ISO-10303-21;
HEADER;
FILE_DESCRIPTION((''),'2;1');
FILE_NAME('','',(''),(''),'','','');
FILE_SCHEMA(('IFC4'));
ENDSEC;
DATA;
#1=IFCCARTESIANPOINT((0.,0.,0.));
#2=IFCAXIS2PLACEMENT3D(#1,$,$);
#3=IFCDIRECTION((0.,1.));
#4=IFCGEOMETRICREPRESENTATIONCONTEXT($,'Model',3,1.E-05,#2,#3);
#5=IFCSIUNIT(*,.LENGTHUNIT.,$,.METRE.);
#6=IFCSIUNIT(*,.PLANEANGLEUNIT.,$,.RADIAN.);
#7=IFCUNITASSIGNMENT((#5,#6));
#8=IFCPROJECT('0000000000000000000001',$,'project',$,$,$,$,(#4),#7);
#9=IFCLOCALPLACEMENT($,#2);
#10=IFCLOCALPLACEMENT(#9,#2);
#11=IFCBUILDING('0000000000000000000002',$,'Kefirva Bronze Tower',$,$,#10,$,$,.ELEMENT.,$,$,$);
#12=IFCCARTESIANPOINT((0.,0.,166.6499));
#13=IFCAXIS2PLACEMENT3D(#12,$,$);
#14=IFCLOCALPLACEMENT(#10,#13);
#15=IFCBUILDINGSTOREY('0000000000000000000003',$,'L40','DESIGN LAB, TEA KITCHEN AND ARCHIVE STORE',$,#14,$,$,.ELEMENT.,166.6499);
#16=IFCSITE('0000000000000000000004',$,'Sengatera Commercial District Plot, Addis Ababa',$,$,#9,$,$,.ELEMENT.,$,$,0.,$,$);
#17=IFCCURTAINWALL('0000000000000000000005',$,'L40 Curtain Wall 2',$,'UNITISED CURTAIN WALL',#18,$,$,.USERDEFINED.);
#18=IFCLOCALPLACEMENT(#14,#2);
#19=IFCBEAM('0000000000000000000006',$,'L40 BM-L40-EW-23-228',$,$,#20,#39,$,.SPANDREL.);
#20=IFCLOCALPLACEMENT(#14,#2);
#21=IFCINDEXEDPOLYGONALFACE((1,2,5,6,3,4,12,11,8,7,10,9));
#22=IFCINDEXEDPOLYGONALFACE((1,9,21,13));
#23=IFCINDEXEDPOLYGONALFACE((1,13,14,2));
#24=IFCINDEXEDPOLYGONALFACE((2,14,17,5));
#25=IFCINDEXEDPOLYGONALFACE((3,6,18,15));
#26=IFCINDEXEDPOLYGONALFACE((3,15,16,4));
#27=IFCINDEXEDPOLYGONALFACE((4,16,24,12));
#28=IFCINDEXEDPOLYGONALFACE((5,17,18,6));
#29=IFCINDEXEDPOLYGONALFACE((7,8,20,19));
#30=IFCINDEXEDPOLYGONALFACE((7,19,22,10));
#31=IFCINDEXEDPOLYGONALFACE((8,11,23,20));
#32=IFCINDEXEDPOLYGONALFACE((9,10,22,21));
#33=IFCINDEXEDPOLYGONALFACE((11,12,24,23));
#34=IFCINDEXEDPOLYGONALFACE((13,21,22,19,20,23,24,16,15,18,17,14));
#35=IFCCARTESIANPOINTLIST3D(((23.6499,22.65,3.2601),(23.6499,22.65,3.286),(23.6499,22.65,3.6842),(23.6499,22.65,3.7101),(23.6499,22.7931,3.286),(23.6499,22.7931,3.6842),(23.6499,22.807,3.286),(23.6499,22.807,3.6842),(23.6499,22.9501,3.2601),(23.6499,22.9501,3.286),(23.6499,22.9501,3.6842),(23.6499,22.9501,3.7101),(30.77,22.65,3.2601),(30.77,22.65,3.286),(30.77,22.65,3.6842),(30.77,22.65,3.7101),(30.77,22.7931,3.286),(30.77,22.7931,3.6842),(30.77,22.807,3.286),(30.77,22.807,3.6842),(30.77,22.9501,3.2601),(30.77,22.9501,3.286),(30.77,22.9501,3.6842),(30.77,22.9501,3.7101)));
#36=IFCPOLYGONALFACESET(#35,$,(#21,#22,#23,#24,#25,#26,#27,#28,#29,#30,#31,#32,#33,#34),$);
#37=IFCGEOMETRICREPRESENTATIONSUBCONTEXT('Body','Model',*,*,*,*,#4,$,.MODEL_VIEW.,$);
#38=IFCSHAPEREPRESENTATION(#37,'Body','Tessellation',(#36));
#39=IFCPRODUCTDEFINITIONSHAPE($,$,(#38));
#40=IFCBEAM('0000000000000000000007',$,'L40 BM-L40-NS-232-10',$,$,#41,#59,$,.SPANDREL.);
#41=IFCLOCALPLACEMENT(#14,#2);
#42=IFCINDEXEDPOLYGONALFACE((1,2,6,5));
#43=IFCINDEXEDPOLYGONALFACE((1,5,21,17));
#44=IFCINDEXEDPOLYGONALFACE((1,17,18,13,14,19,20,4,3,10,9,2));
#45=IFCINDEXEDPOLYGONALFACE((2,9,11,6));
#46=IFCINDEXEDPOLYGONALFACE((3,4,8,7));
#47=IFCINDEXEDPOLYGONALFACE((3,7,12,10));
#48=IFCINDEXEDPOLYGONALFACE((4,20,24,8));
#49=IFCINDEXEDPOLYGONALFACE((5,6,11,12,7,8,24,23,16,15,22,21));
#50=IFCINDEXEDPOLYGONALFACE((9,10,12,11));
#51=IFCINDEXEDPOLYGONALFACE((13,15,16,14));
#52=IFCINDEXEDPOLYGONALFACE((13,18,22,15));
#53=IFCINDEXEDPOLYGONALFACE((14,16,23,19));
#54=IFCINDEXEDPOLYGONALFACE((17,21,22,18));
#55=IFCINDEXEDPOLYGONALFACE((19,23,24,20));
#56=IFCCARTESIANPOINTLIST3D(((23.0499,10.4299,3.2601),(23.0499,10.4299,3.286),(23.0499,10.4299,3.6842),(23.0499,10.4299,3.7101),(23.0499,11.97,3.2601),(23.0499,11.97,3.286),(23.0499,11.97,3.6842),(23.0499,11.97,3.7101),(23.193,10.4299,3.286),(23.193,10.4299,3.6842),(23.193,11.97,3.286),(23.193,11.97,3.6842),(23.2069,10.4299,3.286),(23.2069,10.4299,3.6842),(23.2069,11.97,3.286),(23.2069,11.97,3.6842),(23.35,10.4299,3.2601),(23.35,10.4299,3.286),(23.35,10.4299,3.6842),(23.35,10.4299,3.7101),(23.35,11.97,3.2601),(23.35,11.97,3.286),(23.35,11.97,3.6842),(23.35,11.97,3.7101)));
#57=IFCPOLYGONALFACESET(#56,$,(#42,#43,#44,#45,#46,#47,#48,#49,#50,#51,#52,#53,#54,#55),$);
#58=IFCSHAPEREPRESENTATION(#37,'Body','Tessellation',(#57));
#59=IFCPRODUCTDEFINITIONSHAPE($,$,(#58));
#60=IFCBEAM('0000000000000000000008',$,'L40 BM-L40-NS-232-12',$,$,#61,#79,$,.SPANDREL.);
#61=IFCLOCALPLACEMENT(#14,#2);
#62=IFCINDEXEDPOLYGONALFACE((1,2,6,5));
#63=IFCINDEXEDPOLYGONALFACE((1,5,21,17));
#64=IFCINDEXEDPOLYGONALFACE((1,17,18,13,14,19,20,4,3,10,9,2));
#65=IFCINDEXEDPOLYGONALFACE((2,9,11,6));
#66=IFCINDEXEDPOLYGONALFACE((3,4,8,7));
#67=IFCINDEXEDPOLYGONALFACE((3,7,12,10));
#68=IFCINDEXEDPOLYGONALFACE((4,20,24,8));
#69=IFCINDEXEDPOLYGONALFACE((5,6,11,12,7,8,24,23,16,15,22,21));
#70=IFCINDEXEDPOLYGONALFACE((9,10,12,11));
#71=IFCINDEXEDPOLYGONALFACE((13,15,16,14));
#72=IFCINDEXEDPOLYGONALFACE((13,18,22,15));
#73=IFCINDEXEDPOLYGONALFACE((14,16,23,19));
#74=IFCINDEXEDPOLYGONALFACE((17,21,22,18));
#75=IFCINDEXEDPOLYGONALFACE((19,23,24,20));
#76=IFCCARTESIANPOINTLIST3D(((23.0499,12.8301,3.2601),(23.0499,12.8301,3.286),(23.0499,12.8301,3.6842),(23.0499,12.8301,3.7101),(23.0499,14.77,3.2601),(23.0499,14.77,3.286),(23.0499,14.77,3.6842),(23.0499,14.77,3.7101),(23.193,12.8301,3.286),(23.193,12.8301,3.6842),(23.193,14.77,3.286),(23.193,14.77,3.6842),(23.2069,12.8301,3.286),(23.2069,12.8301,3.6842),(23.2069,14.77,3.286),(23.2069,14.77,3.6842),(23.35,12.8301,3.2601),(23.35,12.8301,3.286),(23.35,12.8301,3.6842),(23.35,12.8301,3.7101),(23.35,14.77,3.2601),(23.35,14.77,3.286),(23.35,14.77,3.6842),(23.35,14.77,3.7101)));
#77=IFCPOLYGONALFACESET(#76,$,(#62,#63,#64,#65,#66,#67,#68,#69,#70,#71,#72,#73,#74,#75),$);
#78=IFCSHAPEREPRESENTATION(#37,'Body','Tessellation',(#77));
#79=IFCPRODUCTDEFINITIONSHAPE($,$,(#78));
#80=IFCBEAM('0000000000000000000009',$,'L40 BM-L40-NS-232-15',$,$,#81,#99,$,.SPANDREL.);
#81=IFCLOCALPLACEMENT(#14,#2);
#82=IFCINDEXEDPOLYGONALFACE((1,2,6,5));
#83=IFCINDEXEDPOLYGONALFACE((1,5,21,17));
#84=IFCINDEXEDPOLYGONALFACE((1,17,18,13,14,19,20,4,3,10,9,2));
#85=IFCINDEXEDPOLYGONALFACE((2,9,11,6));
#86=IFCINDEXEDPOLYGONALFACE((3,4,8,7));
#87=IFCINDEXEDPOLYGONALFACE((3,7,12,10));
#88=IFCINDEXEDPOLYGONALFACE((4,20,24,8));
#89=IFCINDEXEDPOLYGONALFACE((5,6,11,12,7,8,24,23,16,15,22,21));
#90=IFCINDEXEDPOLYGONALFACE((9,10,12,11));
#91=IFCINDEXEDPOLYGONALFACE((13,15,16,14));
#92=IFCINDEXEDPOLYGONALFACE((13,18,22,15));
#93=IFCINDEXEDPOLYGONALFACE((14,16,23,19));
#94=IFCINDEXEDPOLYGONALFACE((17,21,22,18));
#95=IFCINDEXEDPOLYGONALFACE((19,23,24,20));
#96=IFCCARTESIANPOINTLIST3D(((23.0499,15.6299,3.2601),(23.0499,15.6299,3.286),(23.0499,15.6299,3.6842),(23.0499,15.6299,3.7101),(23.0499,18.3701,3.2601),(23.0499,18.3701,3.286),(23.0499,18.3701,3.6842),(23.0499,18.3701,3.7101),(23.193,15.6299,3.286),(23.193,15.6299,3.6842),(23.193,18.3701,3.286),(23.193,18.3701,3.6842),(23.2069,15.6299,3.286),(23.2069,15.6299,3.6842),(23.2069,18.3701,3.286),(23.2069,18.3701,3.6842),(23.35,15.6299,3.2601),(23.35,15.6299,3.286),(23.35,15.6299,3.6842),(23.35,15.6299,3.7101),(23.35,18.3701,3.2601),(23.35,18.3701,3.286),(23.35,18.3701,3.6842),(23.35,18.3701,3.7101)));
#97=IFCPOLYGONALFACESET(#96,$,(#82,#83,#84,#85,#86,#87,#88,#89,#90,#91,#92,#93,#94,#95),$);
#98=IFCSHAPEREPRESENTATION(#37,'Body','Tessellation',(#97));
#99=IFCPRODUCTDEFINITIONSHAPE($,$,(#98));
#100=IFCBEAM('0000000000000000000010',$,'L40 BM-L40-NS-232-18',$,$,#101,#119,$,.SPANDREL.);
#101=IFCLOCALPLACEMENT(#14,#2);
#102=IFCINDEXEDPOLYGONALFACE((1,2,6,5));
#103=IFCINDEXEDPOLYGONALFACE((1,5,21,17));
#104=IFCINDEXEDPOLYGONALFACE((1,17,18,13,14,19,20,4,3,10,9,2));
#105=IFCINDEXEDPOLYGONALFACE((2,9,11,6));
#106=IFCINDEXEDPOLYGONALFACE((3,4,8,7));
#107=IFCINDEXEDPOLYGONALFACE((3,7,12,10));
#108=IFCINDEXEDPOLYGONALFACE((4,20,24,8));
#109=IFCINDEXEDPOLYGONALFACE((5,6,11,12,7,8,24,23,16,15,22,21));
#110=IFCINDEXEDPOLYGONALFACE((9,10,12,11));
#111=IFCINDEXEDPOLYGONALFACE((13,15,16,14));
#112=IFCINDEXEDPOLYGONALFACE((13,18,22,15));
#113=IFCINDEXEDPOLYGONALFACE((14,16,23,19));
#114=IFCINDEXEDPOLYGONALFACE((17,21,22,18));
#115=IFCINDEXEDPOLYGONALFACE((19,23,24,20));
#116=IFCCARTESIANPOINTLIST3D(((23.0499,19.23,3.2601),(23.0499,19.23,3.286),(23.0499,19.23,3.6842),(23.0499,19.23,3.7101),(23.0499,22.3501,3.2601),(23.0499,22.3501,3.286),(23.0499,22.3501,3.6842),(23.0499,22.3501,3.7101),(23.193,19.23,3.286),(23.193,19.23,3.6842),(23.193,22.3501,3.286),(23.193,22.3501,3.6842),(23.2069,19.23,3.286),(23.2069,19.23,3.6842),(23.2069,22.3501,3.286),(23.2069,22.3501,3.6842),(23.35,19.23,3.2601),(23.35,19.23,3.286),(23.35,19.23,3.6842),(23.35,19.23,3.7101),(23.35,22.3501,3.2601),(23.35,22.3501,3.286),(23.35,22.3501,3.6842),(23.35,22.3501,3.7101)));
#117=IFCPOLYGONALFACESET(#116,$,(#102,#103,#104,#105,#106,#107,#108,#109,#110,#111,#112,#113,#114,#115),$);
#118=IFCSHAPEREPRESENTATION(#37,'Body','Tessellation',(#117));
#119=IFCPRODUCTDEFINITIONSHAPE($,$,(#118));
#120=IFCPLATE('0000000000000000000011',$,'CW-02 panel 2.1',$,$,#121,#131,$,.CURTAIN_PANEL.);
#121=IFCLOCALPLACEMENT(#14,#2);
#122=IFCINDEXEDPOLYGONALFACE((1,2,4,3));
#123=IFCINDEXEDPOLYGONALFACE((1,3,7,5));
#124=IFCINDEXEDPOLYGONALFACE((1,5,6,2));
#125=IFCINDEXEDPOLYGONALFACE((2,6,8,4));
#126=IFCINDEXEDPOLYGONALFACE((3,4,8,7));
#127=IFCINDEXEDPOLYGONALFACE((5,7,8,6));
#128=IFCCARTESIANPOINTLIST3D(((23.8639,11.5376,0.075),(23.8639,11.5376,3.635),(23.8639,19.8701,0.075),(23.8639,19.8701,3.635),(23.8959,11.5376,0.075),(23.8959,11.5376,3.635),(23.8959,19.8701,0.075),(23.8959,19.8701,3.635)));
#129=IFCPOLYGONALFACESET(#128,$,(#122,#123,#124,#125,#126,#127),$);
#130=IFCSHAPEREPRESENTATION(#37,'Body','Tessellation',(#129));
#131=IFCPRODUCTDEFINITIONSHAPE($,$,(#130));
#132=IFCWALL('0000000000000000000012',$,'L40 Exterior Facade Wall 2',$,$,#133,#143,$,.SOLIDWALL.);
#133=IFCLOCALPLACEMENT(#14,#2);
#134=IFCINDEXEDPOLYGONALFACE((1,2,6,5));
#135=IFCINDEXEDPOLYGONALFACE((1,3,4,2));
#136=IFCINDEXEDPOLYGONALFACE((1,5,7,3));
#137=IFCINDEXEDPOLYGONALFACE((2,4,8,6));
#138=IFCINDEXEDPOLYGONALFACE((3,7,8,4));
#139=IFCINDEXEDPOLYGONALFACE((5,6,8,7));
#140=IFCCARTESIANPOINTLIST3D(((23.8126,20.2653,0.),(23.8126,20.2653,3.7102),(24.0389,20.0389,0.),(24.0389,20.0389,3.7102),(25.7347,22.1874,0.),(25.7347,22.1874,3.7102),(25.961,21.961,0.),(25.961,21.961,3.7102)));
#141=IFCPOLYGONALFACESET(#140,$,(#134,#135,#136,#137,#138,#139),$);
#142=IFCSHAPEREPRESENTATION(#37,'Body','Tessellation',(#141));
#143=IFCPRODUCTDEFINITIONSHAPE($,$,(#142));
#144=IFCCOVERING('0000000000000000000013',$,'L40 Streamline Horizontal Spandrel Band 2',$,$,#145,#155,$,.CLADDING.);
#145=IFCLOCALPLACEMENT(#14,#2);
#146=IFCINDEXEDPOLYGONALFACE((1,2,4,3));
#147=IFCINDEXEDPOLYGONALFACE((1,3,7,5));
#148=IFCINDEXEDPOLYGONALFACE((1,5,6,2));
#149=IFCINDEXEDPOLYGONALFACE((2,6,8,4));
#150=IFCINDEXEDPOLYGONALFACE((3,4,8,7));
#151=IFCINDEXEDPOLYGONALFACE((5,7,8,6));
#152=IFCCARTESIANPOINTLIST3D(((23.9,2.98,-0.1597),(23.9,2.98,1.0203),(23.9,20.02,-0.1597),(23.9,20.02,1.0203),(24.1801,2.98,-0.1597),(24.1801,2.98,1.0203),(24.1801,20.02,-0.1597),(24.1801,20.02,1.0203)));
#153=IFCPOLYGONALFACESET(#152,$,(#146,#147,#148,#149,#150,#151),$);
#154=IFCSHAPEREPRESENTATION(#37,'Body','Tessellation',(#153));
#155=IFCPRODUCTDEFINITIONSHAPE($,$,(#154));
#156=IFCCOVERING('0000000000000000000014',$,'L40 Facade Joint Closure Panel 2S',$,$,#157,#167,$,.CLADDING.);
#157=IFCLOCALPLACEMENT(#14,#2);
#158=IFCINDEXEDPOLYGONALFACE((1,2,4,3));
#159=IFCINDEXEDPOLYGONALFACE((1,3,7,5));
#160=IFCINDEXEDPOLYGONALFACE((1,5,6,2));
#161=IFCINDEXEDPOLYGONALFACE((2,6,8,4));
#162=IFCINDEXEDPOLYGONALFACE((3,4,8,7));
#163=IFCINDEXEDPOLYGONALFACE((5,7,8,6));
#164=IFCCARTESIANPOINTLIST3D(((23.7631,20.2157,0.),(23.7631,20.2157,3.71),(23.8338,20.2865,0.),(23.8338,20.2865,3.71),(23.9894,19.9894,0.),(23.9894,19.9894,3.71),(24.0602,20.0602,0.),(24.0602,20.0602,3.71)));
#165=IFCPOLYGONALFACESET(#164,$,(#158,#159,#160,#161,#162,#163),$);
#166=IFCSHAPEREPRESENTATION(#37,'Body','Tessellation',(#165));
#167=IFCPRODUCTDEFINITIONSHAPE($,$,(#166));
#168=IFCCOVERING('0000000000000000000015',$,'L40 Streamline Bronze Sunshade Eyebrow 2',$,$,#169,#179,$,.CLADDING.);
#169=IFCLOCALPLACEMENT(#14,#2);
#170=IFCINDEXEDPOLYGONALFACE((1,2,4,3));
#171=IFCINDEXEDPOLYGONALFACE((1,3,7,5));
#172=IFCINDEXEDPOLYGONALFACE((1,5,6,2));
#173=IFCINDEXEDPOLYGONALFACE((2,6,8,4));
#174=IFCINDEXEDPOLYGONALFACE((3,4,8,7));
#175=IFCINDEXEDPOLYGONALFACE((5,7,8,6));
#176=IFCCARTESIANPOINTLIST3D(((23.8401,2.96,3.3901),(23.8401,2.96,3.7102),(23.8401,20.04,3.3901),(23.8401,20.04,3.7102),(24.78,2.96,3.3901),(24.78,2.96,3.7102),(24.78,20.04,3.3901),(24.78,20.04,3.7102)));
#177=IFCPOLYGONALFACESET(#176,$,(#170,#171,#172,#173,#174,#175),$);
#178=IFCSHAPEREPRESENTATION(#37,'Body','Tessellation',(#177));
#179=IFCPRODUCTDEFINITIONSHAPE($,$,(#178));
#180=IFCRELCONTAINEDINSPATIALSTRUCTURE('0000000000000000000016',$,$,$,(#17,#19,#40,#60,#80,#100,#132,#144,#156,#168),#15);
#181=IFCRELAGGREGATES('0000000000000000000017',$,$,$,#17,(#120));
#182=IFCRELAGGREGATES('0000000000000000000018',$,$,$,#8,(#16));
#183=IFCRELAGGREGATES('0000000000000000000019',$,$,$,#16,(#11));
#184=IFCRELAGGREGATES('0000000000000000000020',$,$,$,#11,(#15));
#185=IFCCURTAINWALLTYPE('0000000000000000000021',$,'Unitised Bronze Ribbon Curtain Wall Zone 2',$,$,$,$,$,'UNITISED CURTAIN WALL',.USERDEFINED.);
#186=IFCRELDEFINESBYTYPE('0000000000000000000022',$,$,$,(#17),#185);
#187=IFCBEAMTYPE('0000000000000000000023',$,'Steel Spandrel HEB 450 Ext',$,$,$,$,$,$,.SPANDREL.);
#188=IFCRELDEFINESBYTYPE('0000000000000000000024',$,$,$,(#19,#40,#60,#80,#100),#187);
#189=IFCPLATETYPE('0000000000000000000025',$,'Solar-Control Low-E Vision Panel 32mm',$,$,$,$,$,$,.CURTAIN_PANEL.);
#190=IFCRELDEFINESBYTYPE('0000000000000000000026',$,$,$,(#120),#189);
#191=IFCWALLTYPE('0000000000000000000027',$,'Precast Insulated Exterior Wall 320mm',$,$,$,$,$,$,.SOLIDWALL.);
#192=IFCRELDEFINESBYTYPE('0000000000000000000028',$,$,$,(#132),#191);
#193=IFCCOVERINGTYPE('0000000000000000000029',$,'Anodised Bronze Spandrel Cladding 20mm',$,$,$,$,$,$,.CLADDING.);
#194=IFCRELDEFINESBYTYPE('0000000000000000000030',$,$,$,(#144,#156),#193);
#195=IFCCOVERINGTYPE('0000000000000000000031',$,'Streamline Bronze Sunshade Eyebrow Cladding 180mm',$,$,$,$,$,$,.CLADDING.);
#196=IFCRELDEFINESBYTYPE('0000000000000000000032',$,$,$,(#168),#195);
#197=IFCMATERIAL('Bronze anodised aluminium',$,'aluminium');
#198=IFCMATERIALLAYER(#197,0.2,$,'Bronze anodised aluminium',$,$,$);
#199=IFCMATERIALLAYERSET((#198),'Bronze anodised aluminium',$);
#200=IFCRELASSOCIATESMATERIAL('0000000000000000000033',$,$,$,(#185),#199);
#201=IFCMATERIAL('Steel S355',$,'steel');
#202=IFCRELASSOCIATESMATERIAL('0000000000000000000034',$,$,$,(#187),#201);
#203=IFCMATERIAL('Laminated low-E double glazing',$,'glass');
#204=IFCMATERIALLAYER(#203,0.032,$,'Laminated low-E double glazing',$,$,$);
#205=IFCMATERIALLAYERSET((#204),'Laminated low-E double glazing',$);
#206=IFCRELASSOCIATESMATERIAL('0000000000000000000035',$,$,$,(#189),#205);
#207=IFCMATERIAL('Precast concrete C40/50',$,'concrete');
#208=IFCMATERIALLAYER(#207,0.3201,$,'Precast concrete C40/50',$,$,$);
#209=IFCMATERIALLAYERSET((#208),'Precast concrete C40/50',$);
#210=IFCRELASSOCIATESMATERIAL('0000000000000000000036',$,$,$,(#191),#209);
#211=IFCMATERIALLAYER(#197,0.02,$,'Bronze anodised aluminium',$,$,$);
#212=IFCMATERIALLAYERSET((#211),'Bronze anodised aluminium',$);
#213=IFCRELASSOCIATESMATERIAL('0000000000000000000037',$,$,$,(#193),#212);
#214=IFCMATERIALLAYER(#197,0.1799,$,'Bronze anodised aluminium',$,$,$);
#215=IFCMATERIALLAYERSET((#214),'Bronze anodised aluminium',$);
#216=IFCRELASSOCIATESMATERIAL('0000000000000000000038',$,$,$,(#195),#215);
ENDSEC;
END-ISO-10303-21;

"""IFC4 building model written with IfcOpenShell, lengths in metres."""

from ifc_helpers import new_model, si_unit, direction, frame, frame_2d, origin, origin_2d, place, context, subcontext, project, spatial, rectangle, i_section, extrude, material, layer, layer_set, material_profile, profile_set, type_object, element, aggregate, save


model = new_model("IFC4")

# Units and contexts
model_context = context("Model", 3, precision=1e-05, world=origin(), true_north=direction((0.0, 1.0)))
body_context = subcontext(model_context, "Body", "Model", "MODEL_VIEW")
ifc_project = project(units=[si_unit("LENGTHUNIT", "METRE"), si_unit("PLANEANGLEUNIT", "RADIAN")], contexts=[model_context])

# Site, building, storey
site_placement = place(None, origin())
site = spatial("IfcSite", under=ifc_project, at=site_placement, Name="Sengatera Commercial District Plot, Addis Ababa", CompositionType="ELEMENT", RefElevation=0.0)
building_placement = place(site_placement, origin())
building = spatial("IfcBuilding", under=site, at=building_placement, Name="Kefirva Bronze Tower", CompositionType="ELEMENT")
storey_placement = place(building_placement, frame((0.0, 0.0, 166.6499)))
storey = spatial("IfcBuildingStorey", under=building, at=storey_placement, Name="L40", Description="DESIGN LAB, TEA KITCHEN AND ARCHIVE STORE", CompositionType="ELEMENT", Elevation=166.6499)

# Curtain wall
ifc_material_1 = material(Name="Bronze anodised aluminium", Category="aluminium")
ifc_layer_1 = layer(ifc_material_1, 0.2, Name="Bronze anodised aluminium")
ifc_layer_set_1 = layer_set([ifc_layer_1], Name="Bronze anodised aluminium")
curtain_wall_type = type_object("IfcCurtainWallType", Name="Unitised Bronze Ribbon Curtain Wall Zone 2", ElementType="UNITISED CURTAIN WALL", PredefinedType="USERDEFINED", material=ifc_layer_set_1)
curtain_wall_placement = place(storey_placement, origin())
curtain_wall = element("IfcCurtainWall", 1, at=curtain_wall_placement, inside=storey, type_object=curtain_wall_type, Name="L40 Curtain Wall 2", ObjectType="UNITISED CURTAIN WALL", PredefinedType="USERDEFINED")

# Beams
ifc_material_2 = material(Name="Steel S355", Category="steel")
ifc_material_profile_1 = material_profile(ifc_material_2, i_section(OverallWidth=0.3, OverallDepth=0.45, WebThickness=0.0139, FlangeThickness=0.0259, at=origin_2d()), Name="HEB 450")
ifc_profile_set_1 = profile_set([ifc_material_profile_1], Name="Steel S355")
beam_type_1 = type_object("IfcBeamType", Name="Steel Spandrel HEB 450 Ext", PredefinedType="SPANDREL", material=ifc_profile_set_1)
beam_1_placement = place(storey_placement, frame((23.6499, 22.8, 3.4851), z_axis=(1.0, 0.0, 0.0), x_axis=(0.0, 1.0, 0.0)))
element("IfcBeam", 2, at=beam_1_placement, inside=storey, type_object=beam_type_1, Name="L40 BM-L40-EW-23-228", PredefinedType="SPANDREL", context=body_context, shape_type="SweptSolid", body=[
    extrude(i_section(OverallWidth=0.3, OverallDepth=0.45, WebThickness=0.0139, FlangeThickness=0.0259, at=origin_2d()), origin(), (0.0, 0.0, 1.0), 7.1201),
])
beam_2_placement = place(storey_placement, frame((23.2, 10.4299, 3.4851), z_axis=(0.0, 1.0, 0.0), x_axis=(-1.0, 0.0, 0.0)))
element("IfcBeam", 3, at=beam_2_placement, inside=storey, type_object=beam_type_1, Name="L40 BM-L40-NS-232-10", PredefinedType="SPANDREL", context=body_context, shape_type="SweptSolid", body=[
    extrude(i_section(OverallWidth=0.3, OverallDepth=0.45, WebThickness=0.0139, FlangeThickness=0.0259, at=origin_2d()), origin(), (0.0, 0.0, 1.0), 1.54),
])
beam_3_placement = place(storey_placement, frame((23.2, 12.8301, 3.4851), z_axis=(0.0, 1.0, 0.0), x_axis=(-1.0, 0.0, 0.0)))
element("IfcBeam", 4, at=beam_3_placement, inside=storey, type_object=beam_type_1, Name="L40 BM-L40-NS-232-12", PredefinedType="SPANDREL", context=body_context, shape_type="SweptSolid", body=[
    extrude(i_section(OverallWidth=0.3, OverallDepth=0.45, WebThickness=0.0139, FlangeThickness=0.0259, at=origin_2d()), origin(), (0.0, 0.0, 1.0), 1.9399),
])
beam_4_placement = place(storey_placement, frame((23.2, 15.6299, 3.4851), z_axis=(0.0, 1.0, 0.0), x_axis=(-1.0, 0.0, 0.0)))
element("IfcBeam", 5, at=beam_4_placement, inside=storey, type_object=beam_type_1, Name="L40 BM-L40-NS-232-15", PredefinedType="SPANDREL", context=body_context, shape_type="SweptSolid", body=[
    extrude(i_section(OverallWidth=0.3, OverallDepth=0.45, WebThickness=0.0139, FlangeThickness=0.0259, at=origin_2d()), origin(), (0.0, 0.0, 1.0), 2.7402),
])
beam_5_placement = place(storey_placement, frame((23.2, 19.23, 3.4851), z_axis=(0.0, 1.0, 0.0), x_axis=(-1.0, 0.0, 0.0)))
element("IfcBeam", 6, at=beam_5_placement, inside=storey, type_object=beam_type_1, Name="L40 BM-L40-NS-232-18", PredefinedType="SPANDREL", context=body_context, shape_type="SweptSolid", body=[
    extrude(i_section(OverallWidth=0.3, OverallDepth=0.45, WebThickness=0.0139, FlangeThickness=0.0259, at=origin_2d()), origin(), (0.0, 0.0, 1.0), 3.1201),
])

# Plate
ifc_material_3 = material(Name="Laminated low-E double glazing", Category="glass")
ifc_layer_2 = layer(ifc_material_3, 0.032, Name="Laminated low-E double glazing")
ifc_layer_set_2 = layer_set([ifc_layer_2], Name="Laminated low-E double glazing")
plate_type = type_object("IfcPlateType", Name="Solar-Control Low-E Vision Panel 32mm", PredefinedType="CURTAIN_PANEL", material=ifc_layer_set_2)
plate_placement = place(storey_placement, frame((23.8799, 15.7039, 0.075), z_axis=(0.0, 0.0, 1.0), x_axis=(0.0, 1.0, 0.0)))
plate = element("IfcPlate", 7, at=plate_placement, type_object=plate_type, Name="CW-02 panel 2.1", PredefinedType="CURTAIN_PANEL", context=body_context, shape_type="SweptSolid", body=[
    extrude(rectangle(XDim=8.3325, YDim=0.032, at=origin_2d()), origin(), (0.0, 0.0, 1.0), 3.5601),
])
aggregate(curtain_wall, [plate])

# Wall
ifc_material_4 = material(Name="Precast concrete C40/50", Category="concrete")
ifc_layer_3 = layer(ifc_material_4, 0.3201, Name="Precast concrete C40/50")
ifc_layer_set_3 = layer_set([ifc_layer_3], Name="Precast concrete C40/50")
wall_type = type_object("IfcWallType", Name="Precast Insulated Exterior Wall 320mm", PredefinedType="SOLIDWALL", material=ifc_layer_set_3)
wall_placement = place(storey_placement, frame((23.9258, 20.1521, 0.0), z_axis=(0.0, 0.0, 1.0), x_axis=(0.707107, 0.707107, 0.0)))
element("IfcWall", 8, at=wall_placement, inside=storey, type_object=wall_type, Name="L40 Exterior Facade Wall 2", PredefinedType="SOLIDWALL", context=body_context, shape_type="SweptSolid", body=[
    extrude(rectangle(XDim=2.7183, YDim=0.3201, at=frame_2d((1.3591, 0.0))), origin(), (0.0, 0.0, 1.0), 3.7102),
])

# Coverings
ifc_layer_4 = layer(ifc_material_1, 0.02, Name="Bronze anodised aluminium")
ifc_layer_set_4 = layer_set([ifc_layer_4], Name="Bronze anodised aluminium")
covering_type_1 = type_object("IfcCoveringType", Name="Anodised Bronze Spandrel Cladding 20mm", PredefinedType="CLADDING", material=ifc_layer_set_4)
covering_1_placement = place(storey_placement, frame((24.04, 11.5, -0.1597), z_axis=(0.0, 0.0, 1.0), x_axis=(0.0, 1.0, 0.0)))
element("IfcCovering", 9, at=covering_1_placement, inside=storey, type_object=covering_type_1, Name="L40 Streamline Horizontal Spandrel Band 2", PredefinedType="CLADDING", context=body_context, shape_type="SweptSolid", body=[
    extrude(rectangle(XDim=17.04, YDim=0.28, at=origin_2d()), origin(), (0.0, 0.0, 1.0), 1.1799),
])
covering_2_placement = place(storey_placement, frame((23.9116, 20.1379, 0.0), z_axis=(0.0, 0.0, 1.0), x_axis=(0.707107, 0.707107, 0.0)))
element("IfcCovering", 10, at=covering_2_placement, inside=storey, type_object=covering_type_1, Name="L40 Facade Joint Closure Panel 2S", PredefinedType="CLADDING", context=body_context, shape_type="SweptSolid", body=[
    extrude(rectangle(XDim=0.1001, YDim=0.3201, at=origin_2d()), origin(), (0.0, 0.0, 1.0), 3.71),
])
ifc_layer_5 = layer(ifc_material_1, 0.1799, Name="Bronze anodised aluminium")
ifc_layer_set_5 = layer_set([ifc_layer_5], Name="Bronze anodised aluminium")
covering_type_2 = type_object("IfcCoveringType", Name="Streamline Bronze Sunshade Eyebrow Cladding 180mm", PredefinedType="CLADDING", material=ifc_layer_set_5)
covering_3_placement = place(storey_placement, frame((24.3101, 11.5, 3.3901), z_axis=(0.0, 0.0, 1.0), x_axis=(0.0, 1.0, 0.0)))
element("IfcCovering", 11, at=covering_3_placement, inside=storey, type_object=covering_type_2, Name="L40 Streamline Bronze Sunshade Eyebrow 2", PredefinedType="CLADDING", context=body_context, shape_type="SweptSolid", body=[
    extrude(rectangle(XDim=17.0801, YDim=0.9399, at=origin_2d()), origin(), (0.0, 0.0, 1.0), 0.3201),
])

save(model, "model.ifc")
